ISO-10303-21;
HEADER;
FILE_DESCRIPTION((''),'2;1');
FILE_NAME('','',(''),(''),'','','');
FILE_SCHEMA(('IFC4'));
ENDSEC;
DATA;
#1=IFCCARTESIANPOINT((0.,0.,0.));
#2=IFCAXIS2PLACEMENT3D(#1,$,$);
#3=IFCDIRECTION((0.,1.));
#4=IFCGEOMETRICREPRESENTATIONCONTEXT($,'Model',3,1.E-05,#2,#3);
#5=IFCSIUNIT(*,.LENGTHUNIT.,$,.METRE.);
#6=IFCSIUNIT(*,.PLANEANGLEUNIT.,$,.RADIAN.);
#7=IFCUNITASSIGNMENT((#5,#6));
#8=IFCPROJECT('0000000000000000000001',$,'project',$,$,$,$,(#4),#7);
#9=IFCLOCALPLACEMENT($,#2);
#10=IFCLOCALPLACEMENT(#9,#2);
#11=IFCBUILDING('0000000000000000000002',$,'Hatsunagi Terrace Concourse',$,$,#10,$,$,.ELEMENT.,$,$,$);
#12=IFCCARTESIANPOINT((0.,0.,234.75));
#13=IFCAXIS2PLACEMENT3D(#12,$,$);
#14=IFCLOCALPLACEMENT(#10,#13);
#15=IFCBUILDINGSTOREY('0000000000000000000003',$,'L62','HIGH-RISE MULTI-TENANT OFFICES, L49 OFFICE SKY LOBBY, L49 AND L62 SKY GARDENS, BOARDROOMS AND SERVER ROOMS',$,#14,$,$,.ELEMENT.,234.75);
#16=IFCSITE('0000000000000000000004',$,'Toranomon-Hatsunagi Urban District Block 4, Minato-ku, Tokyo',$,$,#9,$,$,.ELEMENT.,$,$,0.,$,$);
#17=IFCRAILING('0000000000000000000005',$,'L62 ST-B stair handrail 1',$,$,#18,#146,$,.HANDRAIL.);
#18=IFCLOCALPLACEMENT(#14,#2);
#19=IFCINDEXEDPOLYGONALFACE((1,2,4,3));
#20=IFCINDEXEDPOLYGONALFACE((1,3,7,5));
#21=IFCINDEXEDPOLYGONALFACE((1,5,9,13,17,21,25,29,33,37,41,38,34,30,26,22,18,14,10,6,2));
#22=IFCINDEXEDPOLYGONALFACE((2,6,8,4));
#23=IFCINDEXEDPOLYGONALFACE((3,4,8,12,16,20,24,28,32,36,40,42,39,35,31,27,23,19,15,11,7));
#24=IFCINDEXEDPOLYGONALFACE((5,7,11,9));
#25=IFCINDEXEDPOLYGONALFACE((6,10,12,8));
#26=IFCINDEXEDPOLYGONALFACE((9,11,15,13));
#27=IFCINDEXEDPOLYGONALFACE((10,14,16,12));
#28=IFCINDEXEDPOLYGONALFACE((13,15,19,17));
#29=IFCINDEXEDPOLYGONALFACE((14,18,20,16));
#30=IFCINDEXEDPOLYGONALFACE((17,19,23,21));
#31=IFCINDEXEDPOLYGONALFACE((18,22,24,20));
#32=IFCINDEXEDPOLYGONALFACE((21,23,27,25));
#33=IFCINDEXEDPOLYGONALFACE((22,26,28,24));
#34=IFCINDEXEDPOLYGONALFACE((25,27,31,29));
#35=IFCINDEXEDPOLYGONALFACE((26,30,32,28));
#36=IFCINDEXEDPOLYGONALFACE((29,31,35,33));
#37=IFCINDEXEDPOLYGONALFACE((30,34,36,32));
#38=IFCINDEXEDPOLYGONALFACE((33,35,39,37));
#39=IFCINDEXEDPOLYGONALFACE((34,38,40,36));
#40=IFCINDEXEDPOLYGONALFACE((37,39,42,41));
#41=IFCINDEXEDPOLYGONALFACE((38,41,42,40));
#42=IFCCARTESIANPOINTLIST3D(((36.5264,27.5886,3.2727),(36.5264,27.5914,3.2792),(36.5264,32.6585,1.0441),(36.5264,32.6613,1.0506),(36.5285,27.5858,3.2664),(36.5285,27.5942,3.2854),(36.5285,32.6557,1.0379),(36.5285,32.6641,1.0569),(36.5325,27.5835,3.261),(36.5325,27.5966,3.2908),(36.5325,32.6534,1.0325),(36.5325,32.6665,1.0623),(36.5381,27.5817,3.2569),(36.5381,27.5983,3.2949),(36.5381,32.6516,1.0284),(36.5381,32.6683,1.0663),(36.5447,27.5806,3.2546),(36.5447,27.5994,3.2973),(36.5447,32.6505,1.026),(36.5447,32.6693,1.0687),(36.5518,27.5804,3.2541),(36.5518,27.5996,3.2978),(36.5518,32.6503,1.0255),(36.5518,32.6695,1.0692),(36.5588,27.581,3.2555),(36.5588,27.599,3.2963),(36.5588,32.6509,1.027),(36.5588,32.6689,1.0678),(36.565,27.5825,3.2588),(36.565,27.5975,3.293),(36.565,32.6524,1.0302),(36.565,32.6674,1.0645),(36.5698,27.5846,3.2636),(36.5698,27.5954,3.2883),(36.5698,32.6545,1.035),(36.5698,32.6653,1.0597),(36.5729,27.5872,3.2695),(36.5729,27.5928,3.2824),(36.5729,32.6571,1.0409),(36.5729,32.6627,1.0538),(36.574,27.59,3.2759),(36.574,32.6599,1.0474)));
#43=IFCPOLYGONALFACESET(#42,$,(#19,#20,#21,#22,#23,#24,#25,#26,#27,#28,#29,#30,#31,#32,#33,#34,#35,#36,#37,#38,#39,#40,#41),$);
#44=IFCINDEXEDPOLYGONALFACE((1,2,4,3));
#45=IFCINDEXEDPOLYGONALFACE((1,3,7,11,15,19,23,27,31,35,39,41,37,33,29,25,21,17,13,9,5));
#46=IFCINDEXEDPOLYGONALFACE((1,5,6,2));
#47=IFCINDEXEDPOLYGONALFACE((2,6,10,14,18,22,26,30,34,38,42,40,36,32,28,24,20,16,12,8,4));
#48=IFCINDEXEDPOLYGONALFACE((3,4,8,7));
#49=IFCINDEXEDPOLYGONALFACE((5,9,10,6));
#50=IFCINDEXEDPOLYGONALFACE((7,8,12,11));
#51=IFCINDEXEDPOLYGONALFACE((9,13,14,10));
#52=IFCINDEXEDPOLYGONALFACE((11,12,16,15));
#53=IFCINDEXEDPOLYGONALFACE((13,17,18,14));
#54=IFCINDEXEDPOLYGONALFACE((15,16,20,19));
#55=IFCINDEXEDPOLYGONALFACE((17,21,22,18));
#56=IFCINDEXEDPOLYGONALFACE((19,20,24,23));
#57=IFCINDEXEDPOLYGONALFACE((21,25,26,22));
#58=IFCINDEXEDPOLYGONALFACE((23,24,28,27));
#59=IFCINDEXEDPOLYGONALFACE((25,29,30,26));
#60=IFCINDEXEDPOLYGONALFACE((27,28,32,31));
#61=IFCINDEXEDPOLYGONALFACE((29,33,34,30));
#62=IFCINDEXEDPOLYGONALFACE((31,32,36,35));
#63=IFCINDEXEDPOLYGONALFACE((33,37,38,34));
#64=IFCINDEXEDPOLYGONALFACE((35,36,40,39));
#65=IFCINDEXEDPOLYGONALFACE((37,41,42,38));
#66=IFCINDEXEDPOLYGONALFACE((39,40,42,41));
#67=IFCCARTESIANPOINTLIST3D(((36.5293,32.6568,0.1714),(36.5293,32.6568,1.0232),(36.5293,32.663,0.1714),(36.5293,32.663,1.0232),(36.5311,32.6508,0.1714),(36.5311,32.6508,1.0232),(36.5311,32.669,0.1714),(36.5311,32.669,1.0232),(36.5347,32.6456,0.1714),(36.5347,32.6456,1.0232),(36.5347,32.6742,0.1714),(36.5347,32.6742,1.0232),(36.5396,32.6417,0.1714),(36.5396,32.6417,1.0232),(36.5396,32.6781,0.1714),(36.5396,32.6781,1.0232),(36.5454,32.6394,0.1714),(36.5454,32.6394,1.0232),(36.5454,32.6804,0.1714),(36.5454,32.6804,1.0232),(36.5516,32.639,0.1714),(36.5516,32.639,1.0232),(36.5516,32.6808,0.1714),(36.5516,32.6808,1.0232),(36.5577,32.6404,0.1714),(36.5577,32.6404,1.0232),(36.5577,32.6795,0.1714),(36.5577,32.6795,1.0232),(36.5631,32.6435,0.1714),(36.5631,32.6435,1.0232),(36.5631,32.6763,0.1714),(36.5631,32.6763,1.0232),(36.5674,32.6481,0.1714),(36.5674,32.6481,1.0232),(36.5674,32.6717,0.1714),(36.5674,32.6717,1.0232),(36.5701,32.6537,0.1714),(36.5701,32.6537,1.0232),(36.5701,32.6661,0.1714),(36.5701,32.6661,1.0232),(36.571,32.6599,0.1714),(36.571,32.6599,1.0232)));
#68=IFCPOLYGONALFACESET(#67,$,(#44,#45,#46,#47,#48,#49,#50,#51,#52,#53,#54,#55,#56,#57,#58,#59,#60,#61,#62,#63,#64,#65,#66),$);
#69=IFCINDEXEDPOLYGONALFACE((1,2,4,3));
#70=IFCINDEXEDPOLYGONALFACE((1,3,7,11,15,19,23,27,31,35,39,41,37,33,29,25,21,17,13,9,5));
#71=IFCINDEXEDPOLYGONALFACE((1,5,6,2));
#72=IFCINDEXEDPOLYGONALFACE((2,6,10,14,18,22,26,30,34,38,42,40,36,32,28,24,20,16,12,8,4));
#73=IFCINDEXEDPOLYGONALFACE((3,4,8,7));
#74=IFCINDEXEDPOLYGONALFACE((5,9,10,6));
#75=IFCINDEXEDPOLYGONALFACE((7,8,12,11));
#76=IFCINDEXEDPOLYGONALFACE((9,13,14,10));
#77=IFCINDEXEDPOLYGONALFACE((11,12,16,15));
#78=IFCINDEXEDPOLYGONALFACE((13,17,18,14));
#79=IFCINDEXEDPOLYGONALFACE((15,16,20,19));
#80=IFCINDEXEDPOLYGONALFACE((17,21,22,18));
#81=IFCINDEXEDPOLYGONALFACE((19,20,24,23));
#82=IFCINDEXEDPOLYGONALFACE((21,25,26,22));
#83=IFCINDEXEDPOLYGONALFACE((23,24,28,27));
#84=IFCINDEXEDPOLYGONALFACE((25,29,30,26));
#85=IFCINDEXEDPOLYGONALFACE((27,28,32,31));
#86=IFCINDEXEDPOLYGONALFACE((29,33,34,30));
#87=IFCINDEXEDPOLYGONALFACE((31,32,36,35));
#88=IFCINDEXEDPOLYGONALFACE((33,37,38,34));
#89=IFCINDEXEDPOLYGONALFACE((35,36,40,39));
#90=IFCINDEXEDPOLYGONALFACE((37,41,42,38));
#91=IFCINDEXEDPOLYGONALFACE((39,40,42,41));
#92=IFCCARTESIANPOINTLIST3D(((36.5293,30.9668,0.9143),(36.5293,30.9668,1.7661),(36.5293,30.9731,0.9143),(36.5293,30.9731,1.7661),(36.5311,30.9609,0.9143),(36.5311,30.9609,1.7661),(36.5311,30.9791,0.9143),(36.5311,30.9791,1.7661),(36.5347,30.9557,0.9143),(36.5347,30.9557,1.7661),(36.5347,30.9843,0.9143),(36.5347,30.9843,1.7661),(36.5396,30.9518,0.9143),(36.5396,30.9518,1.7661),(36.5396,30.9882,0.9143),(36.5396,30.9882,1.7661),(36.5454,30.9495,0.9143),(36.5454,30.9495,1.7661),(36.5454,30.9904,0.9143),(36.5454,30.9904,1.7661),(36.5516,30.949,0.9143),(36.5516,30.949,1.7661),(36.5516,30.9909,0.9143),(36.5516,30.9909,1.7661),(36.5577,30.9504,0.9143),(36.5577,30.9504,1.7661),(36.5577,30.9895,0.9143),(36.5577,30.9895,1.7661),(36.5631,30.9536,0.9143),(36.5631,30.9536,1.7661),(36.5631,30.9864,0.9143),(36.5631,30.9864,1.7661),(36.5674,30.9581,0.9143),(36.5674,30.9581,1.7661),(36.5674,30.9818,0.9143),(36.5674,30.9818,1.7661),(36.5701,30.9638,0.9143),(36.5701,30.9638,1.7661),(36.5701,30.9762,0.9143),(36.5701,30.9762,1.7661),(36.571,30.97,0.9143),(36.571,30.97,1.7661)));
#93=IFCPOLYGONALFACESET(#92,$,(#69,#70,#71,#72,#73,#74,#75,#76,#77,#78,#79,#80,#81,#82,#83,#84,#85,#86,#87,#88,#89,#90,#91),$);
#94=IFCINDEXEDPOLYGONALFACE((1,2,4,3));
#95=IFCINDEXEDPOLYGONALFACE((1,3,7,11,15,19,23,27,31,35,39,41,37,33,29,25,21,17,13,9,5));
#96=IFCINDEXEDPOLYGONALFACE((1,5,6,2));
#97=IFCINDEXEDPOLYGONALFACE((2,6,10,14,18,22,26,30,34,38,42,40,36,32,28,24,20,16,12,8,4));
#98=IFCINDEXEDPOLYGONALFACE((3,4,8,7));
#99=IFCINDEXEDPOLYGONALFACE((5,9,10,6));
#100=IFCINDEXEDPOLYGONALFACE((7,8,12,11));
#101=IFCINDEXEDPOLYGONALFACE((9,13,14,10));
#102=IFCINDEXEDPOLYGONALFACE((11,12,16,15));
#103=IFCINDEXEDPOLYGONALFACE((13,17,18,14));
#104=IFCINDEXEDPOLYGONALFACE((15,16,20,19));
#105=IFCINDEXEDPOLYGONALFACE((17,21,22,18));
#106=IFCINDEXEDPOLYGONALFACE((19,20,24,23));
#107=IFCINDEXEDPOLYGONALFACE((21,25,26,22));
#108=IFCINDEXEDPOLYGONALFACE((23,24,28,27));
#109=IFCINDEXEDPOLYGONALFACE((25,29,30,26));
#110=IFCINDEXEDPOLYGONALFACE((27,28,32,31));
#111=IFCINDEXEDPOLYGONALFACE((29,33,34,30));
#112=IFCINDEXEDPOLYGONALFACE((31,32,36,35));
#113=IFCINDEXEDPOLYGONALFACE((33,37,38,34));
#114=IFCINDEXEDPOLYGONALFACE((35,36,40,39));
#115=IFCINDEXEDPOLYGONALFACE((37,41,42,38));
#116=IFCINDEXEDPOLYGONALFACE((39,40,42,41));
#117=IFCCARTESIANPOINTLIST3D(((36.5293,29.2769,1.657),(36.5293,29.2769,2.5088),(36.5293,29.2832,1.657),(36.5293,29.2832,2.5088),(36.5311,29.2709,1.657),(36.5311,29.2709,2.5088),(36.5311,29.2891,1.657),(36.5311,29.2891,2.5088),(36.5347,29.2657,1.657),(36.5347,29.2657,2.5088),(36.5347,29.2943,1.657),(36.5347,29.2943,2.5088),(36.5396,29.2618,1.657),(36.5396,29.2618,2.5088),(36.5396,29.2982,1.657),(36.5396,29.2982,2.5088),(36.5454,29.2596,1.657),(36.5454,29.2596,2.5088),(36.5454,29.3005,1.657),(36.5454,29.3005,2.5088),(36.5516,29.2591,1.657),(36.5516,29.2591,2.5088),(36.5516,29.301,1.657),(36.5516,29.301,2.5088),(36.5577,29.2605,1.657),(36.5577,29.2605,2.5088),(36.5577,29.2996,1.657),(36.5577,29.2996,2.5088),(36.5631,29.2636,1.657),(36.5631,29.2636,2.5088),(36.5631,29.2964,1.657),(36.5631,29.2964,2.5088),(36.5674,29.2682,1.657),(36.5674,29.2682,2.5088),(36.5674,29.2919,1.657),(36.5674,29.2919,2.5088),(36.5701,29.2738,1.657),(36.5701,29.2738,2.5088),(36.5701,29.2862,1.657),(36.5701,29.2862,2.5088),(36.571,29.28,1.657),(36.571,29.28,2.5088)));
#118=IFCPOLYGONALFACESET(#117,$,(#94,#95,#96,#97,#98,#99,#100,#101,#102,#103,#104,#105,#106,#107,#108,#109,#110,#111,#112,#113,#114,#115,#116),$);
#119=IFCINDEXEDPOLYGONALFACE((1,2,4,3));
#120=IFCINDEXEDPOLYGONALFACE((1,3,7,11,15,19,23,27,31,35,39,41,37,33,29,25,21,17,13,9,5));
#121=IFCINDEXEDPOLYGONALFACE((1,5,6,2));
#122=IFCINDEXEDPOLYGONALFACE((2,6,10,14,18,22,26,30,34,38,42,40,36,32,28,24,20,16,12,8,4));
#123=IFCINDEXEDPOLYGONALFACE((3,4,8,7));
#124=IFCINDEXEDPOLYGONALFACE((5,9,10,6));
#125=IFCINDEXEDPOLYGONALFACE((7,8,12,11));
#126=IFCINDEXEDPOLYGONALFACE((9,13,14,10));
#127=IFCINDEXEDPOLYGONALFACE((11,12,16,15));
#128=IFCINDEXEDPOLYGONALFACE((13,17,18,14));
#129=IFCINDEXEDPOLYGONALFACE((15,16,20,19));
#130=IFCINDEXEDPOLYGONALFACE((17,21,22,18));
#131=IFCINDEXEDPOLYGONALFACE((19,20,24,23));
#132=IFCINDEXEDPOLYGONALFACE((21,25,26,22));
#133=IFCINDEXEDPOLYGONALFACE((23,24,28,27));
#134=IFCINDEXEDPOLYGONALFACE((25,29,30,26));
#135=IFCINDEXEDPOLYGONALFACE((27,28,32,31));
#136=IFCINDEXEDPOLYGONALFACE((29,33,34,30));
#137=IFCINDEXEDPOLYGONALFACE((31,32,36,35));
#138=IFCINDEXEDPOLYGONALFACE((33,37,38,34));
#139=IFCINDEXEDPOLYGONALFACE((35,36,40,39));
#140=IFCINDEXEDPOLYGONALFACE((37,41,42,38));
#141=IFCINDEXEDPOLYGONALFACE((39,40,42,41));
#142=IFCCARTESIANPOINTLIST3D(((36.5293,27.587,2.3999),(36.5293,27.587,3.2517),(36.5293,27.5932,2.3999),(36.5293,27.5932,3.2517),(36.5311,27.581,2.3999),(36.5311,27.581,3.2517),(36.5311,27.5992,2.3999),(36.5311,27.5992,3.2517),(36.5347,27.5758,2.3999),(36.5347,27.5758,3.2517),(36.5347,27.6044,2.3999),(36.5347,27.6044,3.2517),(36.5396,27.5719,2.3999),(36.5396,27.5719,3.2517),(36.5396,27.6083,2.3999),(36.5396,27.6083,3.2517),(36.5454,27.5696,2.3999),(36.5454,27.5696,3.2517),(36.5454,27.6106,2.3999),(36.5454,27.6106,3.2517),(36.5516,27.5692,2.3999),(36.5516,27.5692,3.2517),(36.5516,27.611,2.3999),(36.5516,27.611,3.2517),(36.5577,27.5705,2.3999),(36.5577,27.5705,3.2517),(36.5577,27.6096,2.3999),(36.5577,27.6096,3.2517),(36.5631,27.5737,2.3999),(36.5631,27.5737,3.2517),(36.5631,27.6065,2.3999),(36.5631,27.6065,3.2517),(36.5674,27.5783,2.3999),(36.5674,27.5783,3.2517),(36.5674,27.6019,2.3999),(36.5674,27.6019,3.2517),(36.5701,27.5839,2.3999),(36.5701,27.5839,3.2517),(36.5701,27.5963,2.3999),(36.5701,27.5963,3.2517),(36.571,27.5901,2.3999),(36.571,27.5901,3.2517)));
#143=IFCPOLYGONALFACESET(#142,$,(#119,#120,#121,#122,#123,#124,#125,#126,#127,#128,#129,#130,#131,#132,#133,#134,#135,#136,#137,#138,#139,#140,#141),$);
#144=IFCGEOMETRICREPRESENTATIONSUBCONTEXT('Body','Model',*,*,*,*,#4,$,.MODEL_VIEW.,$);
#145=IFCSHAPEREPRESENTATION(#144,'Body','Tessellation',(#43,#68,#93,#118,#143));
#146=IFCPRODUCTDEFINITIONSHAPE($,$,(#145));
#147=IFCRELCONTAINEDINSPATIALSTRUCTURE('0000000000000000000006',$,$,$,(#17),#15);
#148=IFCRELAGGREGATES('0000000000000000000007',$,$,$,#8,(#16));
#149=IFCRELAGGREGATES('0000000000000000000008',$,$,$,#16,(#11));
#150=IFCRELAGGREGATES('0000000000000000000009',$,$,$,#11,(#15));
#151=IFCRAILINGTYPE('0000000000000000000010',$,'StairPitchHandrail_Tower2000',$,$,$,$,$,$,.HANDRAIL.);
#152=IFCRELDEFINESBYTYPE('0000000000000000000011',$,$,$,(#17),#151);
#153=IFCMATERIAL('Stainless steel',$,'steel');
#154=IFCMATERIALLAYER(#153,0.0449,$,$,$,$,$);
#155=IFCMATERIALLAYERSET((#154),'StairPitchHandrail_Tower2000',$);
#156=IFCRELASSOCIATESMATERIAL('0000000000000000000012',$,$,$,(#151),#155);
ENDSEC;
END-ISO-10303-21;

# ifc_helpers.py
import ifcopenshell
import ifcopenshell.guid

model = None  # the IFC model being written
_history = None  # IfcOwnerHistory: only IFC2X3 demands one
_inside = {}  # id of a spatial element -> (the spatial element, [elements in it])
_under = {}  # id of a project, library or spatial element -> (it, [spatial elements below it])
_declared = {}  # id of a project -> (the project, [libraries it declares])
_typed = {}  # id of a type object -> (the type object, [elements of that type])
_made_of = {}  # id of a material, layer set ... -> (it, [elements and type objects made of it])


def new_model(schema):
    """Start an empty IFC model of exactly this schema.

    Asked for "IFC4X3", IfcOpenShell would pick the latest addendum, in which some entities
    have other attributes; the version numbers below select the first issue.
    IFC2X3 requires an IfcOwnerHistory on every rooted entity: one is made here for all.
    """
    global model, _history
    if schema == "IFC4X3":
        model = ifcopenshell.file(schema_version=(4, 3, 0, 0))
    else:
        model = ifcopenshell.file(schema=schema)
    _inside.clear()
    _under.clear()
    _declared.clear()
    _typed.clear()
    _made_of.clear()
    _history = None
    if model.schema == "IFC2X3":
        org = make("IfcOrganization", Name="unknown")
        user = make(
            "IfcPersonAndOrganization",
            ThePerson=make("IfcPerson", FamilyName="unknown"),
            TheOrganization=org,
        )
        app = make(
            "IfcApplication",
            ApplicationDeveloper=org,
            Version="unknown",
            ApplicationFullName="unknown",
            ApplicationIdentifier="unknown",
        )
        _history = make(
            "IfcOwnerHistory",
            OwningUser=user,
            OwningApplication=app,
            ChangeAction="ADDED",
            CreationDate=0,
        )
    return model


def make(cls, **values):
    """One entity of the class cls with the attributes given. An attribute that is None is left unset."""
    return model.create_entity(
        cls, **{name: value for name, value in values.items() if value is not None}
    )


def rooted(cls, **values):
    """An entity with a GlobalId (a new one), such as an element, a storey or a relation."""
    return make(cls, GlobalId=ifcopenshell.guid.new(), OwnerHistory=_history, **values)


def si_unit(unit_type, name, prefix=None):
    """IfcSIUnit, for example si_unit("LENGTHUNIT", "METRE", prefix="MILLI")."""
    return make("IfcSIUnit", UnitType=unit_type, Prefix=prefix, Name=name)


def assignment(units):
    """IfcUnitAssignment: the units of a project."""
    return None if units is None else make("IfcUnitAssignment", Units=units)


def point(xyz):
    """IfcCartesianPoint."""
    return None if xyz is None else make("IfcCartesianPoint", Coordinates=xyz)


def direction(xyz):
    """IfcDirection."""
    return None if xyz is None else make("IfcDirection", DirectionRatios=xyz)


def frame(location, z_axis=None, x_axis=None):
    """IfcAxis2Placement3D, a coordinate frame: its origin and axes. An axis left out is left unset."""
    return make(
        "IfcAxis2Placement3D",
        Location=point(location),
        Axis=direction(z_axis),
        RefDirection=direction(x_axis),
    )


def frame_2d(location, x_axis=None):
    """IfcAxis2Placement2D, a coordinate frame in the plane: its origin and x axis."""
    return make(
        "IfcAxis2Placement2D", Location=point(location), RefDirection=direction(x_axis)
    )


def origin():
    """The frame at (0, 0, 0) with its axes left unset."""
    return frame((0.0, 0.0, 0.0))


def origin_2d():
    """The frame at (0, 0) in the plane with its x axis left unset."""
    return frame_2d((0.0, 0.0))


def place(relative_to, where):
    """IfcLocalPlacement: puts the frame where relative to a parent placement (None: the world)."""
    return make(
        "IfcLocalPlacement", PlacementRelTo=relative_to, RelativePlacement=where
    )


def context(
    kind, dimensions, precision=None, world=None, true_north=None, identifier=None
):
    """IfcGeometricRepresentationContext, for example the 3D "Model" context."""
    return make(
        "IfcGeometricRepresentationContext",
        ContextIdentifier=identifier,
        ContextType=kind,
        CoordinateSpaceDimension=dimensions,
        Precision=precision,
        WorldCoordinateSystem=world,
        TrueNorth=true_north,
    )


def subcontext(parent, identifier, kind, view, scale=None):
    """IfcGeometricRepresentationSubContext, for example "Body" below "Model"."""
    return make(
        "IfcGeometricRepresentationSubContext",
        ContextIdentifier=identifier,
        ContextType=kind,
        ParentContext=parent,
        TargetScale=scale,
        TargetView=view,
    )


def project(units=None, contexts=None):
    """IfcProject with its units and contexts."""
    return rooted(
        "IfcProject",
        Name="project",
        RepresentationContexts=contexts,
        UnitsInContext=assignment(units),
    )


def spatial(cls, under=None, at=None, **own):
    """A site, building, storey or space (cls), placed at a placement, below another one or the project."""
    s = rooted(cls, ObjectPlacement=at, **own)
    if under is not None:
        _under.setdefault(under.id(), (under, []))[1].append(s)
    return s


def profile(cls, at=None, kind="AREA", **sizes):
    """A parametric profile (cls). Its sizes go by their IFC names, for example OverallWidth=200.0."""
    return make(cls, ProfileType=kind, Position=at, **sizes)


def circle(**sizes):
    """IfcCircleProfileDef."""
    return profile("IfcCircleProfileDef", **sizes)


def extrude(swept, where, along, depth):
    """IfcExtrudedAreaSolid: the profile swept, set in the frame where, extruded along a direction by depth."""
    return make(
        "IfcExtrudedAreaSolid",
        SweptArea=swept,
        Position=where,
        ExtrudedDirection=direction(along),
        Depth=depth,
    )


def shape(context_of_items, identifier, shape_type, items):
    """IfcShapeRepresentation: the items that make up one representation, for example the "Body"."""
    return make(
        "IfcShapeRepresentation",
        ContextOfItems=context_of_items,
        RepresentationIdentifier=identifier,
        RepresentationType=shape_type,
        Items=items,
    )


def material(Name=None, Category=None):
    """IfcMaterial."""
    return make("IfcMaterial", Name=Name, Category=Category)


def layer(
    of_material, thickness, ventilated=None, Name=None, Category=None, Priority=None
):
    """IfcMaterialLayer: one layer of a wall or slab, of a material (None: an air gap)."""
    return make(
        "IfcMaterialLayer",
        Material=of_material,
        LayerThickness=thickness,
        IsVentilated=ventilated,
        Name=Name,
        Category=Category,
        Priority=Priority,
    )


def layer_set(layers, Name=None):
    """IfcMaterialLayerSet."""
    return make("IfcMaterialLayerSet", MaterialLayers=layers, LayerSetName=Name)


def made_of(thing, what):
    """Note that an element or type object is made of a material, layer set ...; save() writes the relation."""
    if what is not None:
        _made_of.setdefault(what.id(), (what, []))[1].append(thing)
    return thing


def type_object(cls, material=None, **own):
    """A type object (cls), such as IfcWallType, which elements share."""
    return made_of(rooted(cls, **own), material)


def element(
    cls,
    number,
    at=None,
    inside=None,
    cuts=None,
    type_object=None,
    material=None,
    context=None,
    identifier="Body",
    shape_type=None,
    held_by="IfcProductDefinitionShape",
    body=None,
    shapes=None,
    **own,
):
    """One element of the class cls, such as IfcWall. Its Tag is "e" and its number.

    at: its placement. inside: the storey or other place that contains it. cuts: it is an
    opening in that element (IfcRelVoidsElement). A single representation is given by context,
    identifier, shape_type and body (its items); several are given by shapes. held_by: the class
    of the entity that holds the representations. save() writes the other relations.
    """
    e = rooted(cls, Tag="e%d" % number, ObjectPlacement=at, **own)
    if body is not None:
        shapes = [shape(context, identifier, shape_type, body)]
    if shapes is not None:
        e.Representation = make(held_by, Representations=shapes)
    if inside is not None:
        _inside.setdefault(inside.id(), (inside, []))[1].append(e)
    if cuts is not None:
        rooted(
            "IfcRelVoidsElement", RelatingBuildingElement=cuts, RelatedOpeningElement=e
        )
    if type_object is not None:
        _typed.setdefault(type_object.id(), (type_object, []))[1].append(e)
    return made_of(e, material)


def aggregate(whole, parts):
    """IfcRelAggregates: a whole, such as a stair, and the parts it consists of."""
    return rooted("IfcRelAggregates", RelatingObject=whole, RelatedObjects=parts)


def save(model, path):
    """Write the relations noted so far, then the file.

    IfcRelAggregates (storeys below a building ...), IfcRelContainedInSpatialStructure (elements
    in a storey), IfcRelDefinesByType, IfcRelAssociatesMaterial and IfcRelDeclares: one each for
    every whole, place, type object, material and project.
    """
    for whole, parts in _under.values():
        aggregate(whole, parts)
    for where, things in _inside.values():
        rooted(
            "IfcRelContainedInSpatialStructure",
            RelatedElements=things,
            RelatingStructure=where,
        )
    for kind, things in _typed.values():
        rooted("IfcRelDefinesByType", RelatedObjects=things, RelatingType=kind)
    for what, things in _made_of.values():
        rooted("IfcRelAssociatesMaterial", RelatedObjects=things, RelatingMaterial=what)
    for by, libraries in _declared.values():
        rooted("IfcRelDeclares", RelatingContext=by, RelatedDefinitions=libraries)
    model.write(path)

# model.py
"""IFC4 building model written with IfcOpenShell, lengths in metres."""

from ifc_helpers import new_model, si_unit, direction, frame, origin, origin_2d, place, context, subcontext, project, spatial, circle, extrude, material, layer, layer_set, type_object, element, save


model = new_model("IFC4")

# Units and contexts
model_context = context("Model", 3, precision=1e-05, world=origin(), true_north=direction((0.0, 1.0)))
body_context = subcontext(model_context, "Body", "Model", "MODEL_VIEW")
ifc_project = project(units=[si_unit("LENGTHUNIT", "METRE"), si_unit("PLANEANGLEUNIT", "RADIAN")], contexts=[model_context])

# Site, building, storey
site_placement = place(None, origin())
site = spatial("IfcSite", under=ifc_project, at=site_placement, Name="Toranomon-Hatsunagi Urban District Block 4, Minato-ku, Tokyo", CompositionType="ELEMENT", RefElevation=0.0)
building_placement = place(site_placement, origin())
building = spatial("IfcBuilding", under=site, at=building_placement, Name="Hatsunagi Terrace Concourse", CompositionType="ELEMENT")
storey_placement = place(building_placement, frame((0.0, 0.0, 234.75)))
storey = spatial("IfcBuildingStorey", under=building, at=storey_placement, Name="L62", Description="HIGH-RISE MULTI-TENANT OFFICES, L49 OFFICE SKY LOBBY, L49 AND L62 SKY GARDENS, BOARDROOMS AND SERVER ROOMS", CompositionType="ELEMENT", Elevation=234.75)

# Railing
ifc_material_1 = material(Name="Stainless steel", Category="steel")
ifc_layer_1 = layer(ifc_material_1, 0.0449)
ifc_layer_set_1 = layer_set([ifc_layer_1], Name="StairPitchHandrail_Tower2000")
railing_type_1 = type_object("IfcRailingType", Name="StairPitchHandrail_Tower2000", PredefinedType="HANDRAIL", material=ifc_layer_set_1)
railing_1_placement = place(storey_placement, frame((36.55, 32.6599, 0.1714)))
element("IfcRailing", 1, at=railing_1_placement, inside=storey, type_object=railing_type_1, Name="L62 ST-B stair handrail 1", PredefinedType="HANDRAIL", context=body_context, shape_type="SweptSolid", body=[
    extrude(circle(Radius=0.0239, at=origin_2d()), frame((0.0, 0.0, 0.876), z_axis=(0.0, -0.915462, 0.402405), x_axis=(1.0, 0.0, 0.0)), (0.0, 0.0, 1.0), 5.5381),
    extrude(circle(Radius=0.021, at=origin_2d()), origin(), (0.0, 0.0, 1.0), 0.8518),
    extrude(circle(Radius=0.021, at=origin_2d()), frame((0.0, -1.6899, 0.7429)), (0.0, 0.0, 1.0), 0.8518),
    extrude(circle(Radius=0.021, at=origin_2d()), frame((0.0, -3.3799, 1.4856)), (0.0, 0.0, 1.0), 0.8518),
    extrude(circle(Radius=0.021, at=origin_2d()), frame((0.0, -5.0698, 2.2285)), (0.0, 0.0, 1.0), 0.8518),
])

save(model, "model.ifc")
